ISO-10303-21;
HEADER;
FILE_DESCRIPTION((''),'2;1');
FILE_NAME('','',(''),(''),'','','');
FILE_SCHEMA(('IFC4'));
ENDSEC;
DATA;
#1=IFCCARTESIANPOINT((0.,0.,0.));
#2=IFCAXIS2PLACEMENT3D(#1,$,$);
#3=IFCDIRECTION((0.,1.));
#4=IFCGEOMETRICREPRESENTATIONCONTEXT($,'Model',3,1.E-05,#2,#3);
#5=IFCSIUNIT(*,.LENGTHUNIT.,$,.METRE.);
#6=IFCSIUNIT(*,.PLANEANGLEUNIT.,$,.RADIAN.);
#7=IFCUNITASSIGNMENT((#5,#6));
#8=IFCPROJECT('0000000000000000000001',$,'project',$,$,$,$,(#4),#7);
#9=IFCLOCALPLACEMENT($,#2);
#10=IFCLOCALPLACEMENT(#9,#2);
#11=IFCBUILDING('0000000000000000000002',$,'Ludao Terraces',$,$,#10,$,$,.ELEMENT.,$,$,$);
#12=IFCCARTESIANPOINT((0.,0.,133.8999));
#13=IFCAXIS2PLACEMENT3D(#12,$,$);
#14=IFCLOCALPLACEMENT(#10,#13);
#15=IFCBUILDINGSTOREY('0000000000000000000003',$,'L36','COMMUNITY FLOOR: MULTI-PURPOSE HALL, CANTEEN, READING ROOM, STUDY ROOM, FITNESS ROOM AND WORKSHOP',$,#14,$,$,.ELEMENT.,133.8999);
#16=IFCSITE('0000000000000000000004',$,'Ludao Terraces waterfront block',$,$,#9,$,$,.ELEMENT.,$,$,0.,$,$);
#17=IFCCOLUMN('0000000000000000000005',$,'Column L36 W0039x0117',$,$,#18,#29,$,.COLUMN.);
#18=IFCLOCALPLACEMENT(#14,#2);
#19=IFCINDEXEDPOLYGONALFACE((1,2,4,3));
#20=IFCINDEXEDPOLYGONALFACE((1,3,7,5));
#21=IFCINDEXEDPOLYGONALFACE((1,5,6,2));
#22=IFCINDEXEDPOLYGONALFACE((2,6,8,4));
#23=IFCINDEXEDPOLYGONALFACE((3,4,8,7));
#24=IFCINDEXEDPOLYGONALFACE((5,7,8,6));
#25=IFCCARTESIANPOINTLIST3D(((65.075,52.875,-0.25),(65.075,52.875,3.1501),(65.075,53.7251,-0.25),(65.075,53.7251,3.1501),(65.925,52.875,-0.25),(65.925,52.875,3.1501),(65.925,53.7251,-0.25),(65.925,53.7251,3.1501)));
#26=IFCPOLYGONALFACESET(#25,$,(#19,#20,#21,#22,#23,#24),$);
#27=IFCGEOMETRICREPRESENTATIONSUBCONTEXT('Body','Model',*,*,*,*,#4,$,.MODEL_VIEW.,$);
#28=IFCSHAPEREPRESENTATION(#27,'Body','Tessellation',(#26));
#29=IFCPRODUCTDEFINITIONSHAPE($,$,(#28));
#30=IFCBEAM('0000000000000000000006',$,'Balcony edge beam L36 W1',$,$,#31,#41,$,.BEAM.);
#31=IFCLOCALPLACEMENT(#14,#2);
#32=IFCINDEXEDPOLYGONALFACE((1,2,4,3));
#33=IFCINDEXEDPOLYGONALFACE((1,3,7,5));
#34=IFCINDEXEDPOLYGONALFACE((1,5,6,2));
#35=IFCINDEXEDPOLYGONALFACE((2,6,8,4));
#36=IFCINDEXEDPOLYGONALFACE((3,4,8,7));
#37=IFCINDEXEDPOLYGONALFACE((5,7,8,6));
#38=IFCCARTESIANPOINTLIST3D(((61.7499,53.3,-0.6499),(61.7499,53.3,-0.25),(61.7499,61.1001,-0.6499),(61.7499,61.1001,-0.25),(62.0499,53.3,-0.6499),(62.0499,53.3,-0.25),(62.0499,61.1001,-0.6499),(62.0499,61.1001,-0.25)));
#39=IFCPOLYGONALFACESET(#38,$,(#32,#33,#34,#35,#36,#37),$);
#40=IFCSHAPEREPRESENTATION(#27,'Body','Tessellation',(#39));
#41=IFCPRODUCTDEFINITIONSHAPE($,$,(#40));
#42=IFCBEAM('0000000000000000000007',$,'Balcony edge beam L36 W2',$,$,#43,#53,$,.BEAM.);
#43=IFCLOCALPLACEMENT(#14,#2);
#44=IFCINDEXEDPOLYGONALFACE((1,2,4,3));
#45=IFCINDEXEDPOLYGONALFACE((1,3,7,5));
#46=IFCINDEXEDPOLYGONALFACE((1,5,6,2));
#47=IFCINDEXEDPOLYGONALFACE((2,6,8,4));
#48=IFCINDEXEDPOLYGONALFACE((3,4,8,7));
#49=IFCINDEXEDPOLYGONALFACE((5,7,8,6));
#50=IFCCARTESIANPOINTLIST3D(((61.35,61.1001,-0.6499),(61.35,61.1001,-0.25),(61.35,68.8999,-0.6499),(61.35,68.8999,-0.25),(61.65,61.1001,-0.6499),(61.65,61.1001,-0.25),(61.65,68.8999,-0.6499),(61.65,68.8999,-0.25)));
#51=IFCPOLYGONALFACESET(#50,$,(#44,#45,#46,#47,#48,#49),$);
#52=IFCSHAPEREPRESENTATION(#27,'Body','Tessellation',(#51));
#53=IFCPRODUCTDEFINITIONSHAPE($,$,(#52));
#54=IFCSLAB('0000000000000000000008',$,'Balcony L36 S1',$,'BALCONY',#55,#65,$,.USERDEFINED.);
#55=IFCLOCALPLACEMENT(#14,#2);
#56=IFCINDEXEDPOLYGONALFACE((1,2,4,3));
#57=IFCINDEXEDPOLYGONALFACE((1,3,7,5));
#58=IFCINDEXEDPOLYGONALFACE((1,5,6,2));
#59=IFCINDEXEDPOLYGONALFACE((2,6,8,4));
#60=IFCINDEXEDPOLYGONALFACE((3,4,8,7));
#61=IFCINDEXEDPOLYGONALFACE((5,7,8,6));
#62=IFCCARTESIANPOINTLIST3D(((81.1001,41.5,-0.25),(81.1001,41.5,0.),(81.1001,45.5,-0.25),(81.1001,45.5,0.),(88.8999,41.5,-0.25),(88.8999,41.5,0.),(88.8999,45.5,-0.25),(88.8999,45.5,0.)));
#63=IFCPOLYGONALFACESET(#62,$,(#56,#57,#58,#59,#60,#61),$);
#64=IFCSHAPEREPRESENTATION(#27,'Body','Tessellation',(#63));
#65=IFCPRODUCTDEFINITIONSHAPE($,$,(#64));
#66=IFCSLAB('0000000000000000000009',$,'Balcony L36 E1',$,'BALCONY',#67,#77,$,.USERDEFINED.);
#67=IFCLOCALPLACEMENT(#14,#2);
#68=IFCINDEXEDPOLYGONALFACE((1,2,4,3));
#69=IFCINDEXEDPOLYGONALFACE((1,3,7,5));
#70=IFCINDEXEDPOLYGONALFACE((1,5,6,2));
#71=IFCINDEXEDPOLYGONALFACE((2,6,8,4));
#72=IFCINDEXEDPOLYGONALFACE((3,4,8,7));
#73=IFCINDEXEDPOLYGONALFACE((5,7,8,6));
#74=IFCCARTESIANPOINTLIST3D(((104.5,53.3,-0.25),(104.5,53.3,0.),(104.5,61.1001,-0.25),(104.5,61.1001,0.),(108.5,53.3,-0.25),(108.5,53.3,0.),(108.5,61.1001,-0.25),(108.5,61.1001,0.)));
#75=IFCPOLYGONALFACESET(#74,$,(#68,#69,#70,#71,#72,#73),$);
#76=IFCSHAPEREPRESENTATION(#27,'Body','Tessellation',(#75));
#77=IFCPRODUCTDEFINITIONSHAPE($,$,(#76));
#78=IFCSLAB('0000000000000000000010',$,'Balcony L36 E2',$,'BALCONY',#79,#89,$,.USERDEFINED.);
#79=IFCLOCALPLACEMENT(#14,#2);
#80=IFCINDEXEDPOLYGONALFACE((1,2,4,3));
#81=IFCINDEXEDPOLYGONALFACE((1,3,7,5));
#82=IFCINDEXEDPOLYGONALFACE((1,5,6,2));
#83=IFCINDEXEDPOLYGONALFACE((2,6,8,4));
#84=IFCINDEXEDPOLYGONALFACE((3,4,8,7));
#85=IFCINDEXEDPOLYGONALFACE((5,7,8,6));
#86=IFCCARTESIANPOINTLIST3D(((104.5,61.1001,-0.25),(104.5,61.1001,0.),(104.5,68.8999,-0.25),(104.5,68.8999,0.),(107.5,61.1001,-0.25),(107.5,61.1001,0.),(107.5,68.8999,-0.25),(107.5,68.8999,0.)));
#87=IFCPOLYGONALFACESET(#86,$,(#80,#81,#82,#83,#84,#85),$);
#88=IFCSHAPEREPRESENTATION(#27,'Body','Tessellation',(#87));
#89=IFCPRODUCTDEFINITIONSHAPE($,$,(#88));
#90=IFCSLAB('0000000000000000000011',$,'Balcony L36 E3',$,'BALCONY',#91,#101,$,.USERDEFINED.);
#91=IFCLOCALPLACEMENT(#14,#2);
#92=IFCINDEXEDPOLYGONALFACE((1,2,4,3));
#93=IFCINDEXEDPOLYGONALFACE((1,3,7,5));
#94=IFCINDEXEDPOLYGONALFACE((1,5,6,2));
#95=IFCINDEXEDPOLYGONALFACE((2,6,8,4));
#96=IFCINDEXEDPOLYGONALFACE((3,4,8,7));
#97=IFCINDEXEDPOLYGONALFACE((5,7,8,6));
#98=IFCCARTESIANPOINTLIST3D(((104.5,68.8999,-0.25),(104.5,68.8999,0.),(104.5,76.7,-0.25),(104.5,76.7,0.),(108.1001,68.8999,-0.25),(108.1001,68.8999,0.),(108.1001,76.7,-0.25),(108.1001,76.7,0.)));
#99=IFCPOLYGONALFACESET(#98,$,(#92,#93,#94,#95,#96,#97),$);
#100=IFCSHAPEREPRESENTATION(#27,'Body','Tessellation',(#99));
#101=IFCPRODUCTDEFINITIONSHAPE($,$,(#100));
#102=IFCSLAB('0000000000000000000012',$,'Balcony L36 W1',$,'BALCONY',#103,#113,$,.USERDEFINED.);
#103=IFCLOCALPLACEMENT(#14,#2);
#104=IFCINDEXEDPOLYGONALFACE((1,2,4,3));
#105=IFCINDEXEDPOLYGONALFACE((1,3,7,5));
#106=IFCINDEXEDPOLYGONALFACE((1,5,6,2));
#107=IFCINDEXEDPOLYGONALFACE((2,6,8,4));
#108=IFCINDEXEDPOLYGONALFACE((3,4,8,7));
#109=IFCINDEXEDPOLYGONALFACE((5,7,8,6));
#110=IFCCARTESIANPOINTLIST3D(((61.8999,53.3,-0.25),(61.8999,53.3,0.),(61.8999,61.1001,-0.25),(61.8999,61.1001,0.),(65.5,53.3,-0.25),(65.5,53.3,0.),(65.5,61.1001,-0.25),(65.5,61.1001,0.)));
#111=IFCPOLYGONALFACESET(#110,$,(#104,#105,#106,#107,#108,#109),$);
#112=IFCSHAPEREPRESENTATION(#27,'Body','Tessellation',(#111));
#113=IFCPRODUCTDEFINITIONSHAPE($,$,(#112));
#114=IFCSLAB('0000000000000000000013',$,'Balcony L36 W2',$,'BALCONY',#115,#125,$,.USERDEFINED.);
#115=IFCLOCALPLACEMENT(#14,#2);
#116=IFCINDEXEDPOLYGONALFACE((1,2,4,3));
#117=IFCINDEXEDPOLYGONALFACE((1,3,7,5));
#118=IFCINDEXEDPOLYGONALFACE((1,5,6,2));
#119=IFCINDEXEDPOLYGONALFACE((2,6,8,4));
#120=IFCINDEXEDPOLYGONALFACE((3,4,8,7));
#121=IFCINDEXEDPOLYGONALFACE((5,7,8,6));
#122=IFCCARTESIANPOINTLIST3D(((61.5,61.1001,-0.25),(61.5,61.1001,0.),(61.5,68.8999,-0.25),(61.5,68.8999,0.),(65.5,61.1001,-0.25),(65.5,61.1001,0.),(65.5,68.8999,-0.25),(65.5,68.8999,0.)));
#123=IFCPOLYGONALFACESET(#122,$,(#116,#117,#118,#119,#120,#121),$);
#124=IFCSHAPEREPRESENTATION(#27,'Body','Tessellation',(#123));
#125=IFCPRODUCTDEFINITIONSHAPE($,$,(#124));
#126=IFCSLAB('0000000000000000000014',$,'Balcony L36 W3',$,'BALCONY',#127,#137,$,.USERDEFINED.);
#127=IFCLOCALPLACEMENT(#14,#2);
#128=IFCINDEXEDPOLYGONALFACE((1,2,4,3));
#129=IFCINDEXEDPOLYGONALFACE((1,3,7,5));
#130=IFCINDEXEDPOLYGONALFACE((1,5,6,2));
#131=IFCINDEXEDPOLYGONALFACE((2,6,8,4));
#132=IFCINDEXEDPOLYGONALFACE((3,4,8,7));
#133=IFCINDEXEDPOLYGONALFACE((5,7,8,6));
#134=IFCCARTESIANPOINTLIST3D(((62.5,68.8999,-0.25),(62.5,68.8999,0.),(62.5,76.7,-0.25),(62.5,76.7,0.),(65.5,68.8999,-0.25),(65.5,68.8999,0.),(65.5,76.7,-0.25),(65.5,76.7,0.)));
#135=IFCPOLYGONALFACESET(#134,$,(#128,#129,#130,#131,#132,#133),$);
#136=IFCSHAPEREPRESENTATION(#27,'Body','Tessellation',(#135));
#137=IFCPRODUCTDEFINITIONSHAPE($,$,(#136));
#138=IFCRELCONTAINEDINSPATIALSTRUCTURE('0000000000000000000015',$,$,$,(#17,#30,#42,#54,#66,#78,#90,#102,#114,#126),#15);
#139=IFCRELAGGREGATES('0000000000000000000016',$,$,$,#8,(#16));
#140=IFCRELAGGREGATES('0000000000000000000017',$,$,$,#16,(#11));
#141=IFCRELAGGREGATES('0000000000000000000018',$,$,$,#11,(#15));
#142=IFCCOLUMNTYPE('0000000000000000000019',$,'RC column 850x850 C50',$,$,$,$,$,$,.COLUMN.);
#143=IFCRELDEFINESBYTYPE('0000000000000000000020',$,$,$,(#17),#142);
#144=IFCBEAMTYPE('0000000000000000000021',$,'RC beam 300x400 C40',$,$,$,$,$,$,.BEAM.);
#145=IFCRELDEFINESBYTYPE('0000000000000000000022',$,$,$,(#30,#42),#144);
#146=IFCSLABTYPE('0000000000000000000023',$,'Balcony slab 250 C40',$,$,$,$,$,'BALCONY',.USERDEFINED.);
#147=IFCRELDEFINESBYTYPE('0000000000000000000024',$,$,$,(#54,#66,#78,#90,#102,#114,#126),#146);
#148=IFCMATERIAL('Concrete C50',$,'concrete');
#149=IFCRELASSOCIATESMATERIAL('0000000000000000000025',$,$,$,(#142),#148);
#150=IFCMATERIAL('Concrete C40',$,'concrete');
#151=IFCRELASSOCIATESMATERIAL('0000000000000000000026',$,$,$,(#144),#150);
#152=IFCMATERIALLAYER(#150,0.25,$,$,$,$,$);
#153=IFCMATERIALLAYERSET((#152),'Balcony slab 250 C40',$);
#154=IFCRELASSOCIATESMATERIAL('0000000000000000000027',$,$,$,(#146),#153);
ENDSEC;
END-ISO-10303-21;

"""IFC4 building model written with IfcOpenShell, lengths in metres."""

from ifc_helpers import new_model, si_unit, direction, frame, origin, origin_2d, place, context, subcontext, project, spatial, polyline, rectangle, outline, extrude, material, layer, layer_set, material_profile, profile_set, type_object, element, save


model = new_model("IFC4")

# Units and contexts
model_context = context("Model", 3, precision=1e-05, world=origin(), true_north=direction((0.0, 1.0)))
body_context = subcontext(model_context, "Body", "Model", "MODEL_VIEW")
ifc_project = project(units=[si_unit("LENGTHUNIT", "METRE"), si_unit("PLANEANGLEUNIT", "RADIAN")], contexts=[model_context])

# Site, building, storey
site_placement = place(None, origin())
site = spatial("IfcSite", under=ifc_project, at=site_placement, Name="Ludao Terraces waterfront block", CompositionType="ELEMENT", RefElevation=0.0)
building_placement = place(site_placement, origin())
building = spatial("IfcBuilding", under=site, at=building_placement, Name="Ludao Terraces", CompositionType="ELEMENT")
storey_placement = place(building_placement, frame((0.0, 0.0, 133.8999)))
storey = spatial("IfcBuildingStorey", under=building, at=storey_placement, Name="L36", Description="COMMUNITY FLOOR: MULTI-PURPOSE HALL, CANTEEN, READING ROOM, STUDY ROOM, FITNESS ROOM AND WORKSHOP", CompositionType="ELEMENT", Elevation=133.8999)

# Column
ifc_material_1 = material(Name="Concrete C50", Category="concrete")
ifc_material_profile_1 = material_profile(ifc_material_1, rectangle(XDim=0.8501, YDim=0.8501, at=origin_2d()), Name="850 X 850")
ifc_profile_set_1 = profile_set([ifc_material_profile_1], Name="Concrete C50")
column_type = type_object("IfcColumnType", Name="RC column 850x850 C50", PredefinedType="COLUMN", material=ifc_profile_set_1)
column_placement = place(storey_placement, frame((65.5, 53.3, -0.25), z_axis=(0.0, 0.0, 1.0), x_axis=(1.0, 0.0, 0.0)))
element("IfcColumn", 1, at=column_placement, inside=storey, type_object=column_type, Name="Column L36 W0039x0117", PredefinedType="COLUMN", context=body_context, shape_type="SweptSolid", body=[
    extrude(rectangle(XDim=0.8501, YDim=0.8501, at=origin_2d()), origin(), (0.0, 0.0, 1.0), 3.4001),
])

# Beams
ifc_material_2 = material(Name="Concrete C40", Category="concrete")
ifc_material_profile_2 = material_profile(ifc_material_2, rectangle(XDim=0.3, YDim=0.3999, at=origin_2d()), Name="300 X 400")
ifc_profile_set_2 = profile_set([ifc_material_profile_2], Name="Concrete C40")
beam_type = type_object("IfcBeamType", Name="RC beam 300x400 C40", PredefinedType="BEAM", material=ifc_profile_set_2)
beam_1_placement = place(storey_placement, frame((61.8999, 53.3, -0.45), z_axis=(0.0, 1.0, 0.0), x_axis=(-1.0, 0.0, 0.0)))
element("IfcBeam", 2, at=beam_1_placement, inside=storey, type_object=beam_type, Name="Balcony edge beam L36 W1", PredefinedType="BEAM", context=body_context, shape_type="SweptSolid", body=[
    extrude(rectangle(XDim=0.3, YDim=0.3999, at=origin_2d()), origin(), (0.0, 0.0, 1.0), 7.8),
])
beam_2_placement = place(storey_placement, frame((61.5, 61.1001, -0.45), z_axis=(0.0, 1.0, 0.0), x_axis=(-1.0, 0.0, 0.0)))
element("IfcBeam", 3, at=beam_2_placement, inside=storey, type_object=beam_type, Name="Balcony edge beam L36 W2", PredefinedType="BEAM", context=body_context, shape_type="SweptSolid", body=[
    extrude(rectangle(XDim=0.3, YDim=0.3999, at=origin_2d()), origin(), (0.0, 0.0, 1.0), 7.7998),
])

# Slabs
ifc_layer_1 = layer(ifc_material_2, 0.25)
ifc_layer_set_1 = layer_set([ifc_layer_1], Name="Balcony slab 250 C40")
slab_type_1 = type_object("IfcSlabType", Name="Balcony slab 250 C40", ElementType="BALCONY", PredefinedType="USERDEFINED", material=ifc_layer_set_1)
slab_1_placement = place(storey_placement, frame((0.0, 0.0, -0.25)))
element("IfcSlab", 4, at=slab_1_placement, inside=storey, type_object=slab_type_1, Name="Balcony L36 S1", ObjectType="BALCONY", PredefinedType="USERDEFINED", context=body_context, shape_type="SweptSolid", body=[
    extrude(outline(polyline([(81.1001, 41.5), (88.8999, 41.5), (88.8999, 45.5), (81.1001, 45.5), (81.1001, 41.5)])), origin(), (0.0, 0.0, 1.0), 0.25),
])
slab_2_placement = place(storey_placement, frame((0.0, 0.0, -0.25)))
element("IfcSlab", 5, at=slab_2_placement, inside=storey, type_object=slab_type_1, Name="Balcony L36 E1", ObjectType="BALCONY", PredefinedType="USERDEFINED", context=body_context, shape_type="SweptSolid", body=[
    extrude(outline(polyline([(104.5, 53.3), (108.5, 53.3), (108.5, 61.1001), (104.5, 61.1001), (104.5, 53.3)])), origin(), (0.0, 0.0, 1.0), 0.25),
])
slab_3_placement = place(storey_placement, frame((0.0, 0.0, -0.25)))
element("IfcSlab", 6, at=slab_3_placement, inside=storey, type_object=slab_type_1, Name="Balcony L36 E2", ObjectType="BALCONY", PredefinedType="USERDEFINED", context=body_context, shape_type="SweptSolid", body=[
    extrude(outline(polyline([(104.5, 61.1001), (107.5, 61.1001), (107.5, 68.8999), (104.5, 68.8999), (104.5, 61.1001)])), origin(), (0.0, 0.0, 1.0), 0.25),
])
slab_4_placement = place(storey_placement, frame((0.0, 0.0, -0.25)))
element("IfcSlab", 7, at=slab_4_placement, inside=storey, type_object=slab_type_1, Name="Balcony L36 E3", ObjectType="BALCONY", PredefinedType="USERDEFINED", context=body_context, shape_type="SweptSolid", body=[
    extrude(outline(polyline([(104.5, 68.8999), (108.1001, 68.8999), (108.1001, 76.7), (104.5, 76.7), (104.5, 68.8999)])), origin(), (0.0, 0.0, 1.0), 0.25),
])
slab_5_placement = place(storey_placement, frame((0.0, 0.0, -0.25)))
element("IfcSlab", 8, at=slab_5_placement, inside=storey, type_object=slab_type_1, Name="Balcony L36 W1", ObjectType="BALCONY", PredefinedType="USERDEFINED", context=body_context, shape_type="SweptSolid", body=[
    extrude(outline(polyline([(61.8999, 53.3), (65.5, 53.3), (65.5, 61.1001), (61.8999, 61.1001), (61.8999, 53.3)])), origin(), (0.0, 0.0, 1.0), 0.25),
])
slab_6_placement = place(storey_placement, frame((0.0, 0.0, -0.25)))
element("IfcSlab", 9, at=slab_6_placement, inside=storey, type_object=slab_type_1, Name="Balcony L36 W2", ObjectType="BALCONY", PredefinedType="USERDEFINED", context=body_context, shape_type="SweptSolid", body=[
    extrude(outline(polyline([(61.5, 61.1001), (65.5, 61.1001), (65.5, 68.8999), (61.5, 68.8999), (61.5, 61.1001)])), origin(), (0.0, 0.0, 1.0), 0.25),
])
slab_7_placement = place(storey_placement, frame((0.0, 0.0, -0.25)))
element("IfcSlab", 10, at=slab_7_placement, inside=storey, type_object=slab_type_1, Name="Balcony L36 W3", ObjectType="BALCONY", PredefinedType="USERDEFINED", context=body_context, shape_type="SweptSolid", body=[
    extrude(outline(polyline([(62.5, 68.8999), (65.5, 68.8999), (65.5, 76.7), (62.5, 76.7), (62.5, 68.8999)])), origin(), (0.0, 0.0, 1.0), 0.25),
])

save(model, "model.ifc")
